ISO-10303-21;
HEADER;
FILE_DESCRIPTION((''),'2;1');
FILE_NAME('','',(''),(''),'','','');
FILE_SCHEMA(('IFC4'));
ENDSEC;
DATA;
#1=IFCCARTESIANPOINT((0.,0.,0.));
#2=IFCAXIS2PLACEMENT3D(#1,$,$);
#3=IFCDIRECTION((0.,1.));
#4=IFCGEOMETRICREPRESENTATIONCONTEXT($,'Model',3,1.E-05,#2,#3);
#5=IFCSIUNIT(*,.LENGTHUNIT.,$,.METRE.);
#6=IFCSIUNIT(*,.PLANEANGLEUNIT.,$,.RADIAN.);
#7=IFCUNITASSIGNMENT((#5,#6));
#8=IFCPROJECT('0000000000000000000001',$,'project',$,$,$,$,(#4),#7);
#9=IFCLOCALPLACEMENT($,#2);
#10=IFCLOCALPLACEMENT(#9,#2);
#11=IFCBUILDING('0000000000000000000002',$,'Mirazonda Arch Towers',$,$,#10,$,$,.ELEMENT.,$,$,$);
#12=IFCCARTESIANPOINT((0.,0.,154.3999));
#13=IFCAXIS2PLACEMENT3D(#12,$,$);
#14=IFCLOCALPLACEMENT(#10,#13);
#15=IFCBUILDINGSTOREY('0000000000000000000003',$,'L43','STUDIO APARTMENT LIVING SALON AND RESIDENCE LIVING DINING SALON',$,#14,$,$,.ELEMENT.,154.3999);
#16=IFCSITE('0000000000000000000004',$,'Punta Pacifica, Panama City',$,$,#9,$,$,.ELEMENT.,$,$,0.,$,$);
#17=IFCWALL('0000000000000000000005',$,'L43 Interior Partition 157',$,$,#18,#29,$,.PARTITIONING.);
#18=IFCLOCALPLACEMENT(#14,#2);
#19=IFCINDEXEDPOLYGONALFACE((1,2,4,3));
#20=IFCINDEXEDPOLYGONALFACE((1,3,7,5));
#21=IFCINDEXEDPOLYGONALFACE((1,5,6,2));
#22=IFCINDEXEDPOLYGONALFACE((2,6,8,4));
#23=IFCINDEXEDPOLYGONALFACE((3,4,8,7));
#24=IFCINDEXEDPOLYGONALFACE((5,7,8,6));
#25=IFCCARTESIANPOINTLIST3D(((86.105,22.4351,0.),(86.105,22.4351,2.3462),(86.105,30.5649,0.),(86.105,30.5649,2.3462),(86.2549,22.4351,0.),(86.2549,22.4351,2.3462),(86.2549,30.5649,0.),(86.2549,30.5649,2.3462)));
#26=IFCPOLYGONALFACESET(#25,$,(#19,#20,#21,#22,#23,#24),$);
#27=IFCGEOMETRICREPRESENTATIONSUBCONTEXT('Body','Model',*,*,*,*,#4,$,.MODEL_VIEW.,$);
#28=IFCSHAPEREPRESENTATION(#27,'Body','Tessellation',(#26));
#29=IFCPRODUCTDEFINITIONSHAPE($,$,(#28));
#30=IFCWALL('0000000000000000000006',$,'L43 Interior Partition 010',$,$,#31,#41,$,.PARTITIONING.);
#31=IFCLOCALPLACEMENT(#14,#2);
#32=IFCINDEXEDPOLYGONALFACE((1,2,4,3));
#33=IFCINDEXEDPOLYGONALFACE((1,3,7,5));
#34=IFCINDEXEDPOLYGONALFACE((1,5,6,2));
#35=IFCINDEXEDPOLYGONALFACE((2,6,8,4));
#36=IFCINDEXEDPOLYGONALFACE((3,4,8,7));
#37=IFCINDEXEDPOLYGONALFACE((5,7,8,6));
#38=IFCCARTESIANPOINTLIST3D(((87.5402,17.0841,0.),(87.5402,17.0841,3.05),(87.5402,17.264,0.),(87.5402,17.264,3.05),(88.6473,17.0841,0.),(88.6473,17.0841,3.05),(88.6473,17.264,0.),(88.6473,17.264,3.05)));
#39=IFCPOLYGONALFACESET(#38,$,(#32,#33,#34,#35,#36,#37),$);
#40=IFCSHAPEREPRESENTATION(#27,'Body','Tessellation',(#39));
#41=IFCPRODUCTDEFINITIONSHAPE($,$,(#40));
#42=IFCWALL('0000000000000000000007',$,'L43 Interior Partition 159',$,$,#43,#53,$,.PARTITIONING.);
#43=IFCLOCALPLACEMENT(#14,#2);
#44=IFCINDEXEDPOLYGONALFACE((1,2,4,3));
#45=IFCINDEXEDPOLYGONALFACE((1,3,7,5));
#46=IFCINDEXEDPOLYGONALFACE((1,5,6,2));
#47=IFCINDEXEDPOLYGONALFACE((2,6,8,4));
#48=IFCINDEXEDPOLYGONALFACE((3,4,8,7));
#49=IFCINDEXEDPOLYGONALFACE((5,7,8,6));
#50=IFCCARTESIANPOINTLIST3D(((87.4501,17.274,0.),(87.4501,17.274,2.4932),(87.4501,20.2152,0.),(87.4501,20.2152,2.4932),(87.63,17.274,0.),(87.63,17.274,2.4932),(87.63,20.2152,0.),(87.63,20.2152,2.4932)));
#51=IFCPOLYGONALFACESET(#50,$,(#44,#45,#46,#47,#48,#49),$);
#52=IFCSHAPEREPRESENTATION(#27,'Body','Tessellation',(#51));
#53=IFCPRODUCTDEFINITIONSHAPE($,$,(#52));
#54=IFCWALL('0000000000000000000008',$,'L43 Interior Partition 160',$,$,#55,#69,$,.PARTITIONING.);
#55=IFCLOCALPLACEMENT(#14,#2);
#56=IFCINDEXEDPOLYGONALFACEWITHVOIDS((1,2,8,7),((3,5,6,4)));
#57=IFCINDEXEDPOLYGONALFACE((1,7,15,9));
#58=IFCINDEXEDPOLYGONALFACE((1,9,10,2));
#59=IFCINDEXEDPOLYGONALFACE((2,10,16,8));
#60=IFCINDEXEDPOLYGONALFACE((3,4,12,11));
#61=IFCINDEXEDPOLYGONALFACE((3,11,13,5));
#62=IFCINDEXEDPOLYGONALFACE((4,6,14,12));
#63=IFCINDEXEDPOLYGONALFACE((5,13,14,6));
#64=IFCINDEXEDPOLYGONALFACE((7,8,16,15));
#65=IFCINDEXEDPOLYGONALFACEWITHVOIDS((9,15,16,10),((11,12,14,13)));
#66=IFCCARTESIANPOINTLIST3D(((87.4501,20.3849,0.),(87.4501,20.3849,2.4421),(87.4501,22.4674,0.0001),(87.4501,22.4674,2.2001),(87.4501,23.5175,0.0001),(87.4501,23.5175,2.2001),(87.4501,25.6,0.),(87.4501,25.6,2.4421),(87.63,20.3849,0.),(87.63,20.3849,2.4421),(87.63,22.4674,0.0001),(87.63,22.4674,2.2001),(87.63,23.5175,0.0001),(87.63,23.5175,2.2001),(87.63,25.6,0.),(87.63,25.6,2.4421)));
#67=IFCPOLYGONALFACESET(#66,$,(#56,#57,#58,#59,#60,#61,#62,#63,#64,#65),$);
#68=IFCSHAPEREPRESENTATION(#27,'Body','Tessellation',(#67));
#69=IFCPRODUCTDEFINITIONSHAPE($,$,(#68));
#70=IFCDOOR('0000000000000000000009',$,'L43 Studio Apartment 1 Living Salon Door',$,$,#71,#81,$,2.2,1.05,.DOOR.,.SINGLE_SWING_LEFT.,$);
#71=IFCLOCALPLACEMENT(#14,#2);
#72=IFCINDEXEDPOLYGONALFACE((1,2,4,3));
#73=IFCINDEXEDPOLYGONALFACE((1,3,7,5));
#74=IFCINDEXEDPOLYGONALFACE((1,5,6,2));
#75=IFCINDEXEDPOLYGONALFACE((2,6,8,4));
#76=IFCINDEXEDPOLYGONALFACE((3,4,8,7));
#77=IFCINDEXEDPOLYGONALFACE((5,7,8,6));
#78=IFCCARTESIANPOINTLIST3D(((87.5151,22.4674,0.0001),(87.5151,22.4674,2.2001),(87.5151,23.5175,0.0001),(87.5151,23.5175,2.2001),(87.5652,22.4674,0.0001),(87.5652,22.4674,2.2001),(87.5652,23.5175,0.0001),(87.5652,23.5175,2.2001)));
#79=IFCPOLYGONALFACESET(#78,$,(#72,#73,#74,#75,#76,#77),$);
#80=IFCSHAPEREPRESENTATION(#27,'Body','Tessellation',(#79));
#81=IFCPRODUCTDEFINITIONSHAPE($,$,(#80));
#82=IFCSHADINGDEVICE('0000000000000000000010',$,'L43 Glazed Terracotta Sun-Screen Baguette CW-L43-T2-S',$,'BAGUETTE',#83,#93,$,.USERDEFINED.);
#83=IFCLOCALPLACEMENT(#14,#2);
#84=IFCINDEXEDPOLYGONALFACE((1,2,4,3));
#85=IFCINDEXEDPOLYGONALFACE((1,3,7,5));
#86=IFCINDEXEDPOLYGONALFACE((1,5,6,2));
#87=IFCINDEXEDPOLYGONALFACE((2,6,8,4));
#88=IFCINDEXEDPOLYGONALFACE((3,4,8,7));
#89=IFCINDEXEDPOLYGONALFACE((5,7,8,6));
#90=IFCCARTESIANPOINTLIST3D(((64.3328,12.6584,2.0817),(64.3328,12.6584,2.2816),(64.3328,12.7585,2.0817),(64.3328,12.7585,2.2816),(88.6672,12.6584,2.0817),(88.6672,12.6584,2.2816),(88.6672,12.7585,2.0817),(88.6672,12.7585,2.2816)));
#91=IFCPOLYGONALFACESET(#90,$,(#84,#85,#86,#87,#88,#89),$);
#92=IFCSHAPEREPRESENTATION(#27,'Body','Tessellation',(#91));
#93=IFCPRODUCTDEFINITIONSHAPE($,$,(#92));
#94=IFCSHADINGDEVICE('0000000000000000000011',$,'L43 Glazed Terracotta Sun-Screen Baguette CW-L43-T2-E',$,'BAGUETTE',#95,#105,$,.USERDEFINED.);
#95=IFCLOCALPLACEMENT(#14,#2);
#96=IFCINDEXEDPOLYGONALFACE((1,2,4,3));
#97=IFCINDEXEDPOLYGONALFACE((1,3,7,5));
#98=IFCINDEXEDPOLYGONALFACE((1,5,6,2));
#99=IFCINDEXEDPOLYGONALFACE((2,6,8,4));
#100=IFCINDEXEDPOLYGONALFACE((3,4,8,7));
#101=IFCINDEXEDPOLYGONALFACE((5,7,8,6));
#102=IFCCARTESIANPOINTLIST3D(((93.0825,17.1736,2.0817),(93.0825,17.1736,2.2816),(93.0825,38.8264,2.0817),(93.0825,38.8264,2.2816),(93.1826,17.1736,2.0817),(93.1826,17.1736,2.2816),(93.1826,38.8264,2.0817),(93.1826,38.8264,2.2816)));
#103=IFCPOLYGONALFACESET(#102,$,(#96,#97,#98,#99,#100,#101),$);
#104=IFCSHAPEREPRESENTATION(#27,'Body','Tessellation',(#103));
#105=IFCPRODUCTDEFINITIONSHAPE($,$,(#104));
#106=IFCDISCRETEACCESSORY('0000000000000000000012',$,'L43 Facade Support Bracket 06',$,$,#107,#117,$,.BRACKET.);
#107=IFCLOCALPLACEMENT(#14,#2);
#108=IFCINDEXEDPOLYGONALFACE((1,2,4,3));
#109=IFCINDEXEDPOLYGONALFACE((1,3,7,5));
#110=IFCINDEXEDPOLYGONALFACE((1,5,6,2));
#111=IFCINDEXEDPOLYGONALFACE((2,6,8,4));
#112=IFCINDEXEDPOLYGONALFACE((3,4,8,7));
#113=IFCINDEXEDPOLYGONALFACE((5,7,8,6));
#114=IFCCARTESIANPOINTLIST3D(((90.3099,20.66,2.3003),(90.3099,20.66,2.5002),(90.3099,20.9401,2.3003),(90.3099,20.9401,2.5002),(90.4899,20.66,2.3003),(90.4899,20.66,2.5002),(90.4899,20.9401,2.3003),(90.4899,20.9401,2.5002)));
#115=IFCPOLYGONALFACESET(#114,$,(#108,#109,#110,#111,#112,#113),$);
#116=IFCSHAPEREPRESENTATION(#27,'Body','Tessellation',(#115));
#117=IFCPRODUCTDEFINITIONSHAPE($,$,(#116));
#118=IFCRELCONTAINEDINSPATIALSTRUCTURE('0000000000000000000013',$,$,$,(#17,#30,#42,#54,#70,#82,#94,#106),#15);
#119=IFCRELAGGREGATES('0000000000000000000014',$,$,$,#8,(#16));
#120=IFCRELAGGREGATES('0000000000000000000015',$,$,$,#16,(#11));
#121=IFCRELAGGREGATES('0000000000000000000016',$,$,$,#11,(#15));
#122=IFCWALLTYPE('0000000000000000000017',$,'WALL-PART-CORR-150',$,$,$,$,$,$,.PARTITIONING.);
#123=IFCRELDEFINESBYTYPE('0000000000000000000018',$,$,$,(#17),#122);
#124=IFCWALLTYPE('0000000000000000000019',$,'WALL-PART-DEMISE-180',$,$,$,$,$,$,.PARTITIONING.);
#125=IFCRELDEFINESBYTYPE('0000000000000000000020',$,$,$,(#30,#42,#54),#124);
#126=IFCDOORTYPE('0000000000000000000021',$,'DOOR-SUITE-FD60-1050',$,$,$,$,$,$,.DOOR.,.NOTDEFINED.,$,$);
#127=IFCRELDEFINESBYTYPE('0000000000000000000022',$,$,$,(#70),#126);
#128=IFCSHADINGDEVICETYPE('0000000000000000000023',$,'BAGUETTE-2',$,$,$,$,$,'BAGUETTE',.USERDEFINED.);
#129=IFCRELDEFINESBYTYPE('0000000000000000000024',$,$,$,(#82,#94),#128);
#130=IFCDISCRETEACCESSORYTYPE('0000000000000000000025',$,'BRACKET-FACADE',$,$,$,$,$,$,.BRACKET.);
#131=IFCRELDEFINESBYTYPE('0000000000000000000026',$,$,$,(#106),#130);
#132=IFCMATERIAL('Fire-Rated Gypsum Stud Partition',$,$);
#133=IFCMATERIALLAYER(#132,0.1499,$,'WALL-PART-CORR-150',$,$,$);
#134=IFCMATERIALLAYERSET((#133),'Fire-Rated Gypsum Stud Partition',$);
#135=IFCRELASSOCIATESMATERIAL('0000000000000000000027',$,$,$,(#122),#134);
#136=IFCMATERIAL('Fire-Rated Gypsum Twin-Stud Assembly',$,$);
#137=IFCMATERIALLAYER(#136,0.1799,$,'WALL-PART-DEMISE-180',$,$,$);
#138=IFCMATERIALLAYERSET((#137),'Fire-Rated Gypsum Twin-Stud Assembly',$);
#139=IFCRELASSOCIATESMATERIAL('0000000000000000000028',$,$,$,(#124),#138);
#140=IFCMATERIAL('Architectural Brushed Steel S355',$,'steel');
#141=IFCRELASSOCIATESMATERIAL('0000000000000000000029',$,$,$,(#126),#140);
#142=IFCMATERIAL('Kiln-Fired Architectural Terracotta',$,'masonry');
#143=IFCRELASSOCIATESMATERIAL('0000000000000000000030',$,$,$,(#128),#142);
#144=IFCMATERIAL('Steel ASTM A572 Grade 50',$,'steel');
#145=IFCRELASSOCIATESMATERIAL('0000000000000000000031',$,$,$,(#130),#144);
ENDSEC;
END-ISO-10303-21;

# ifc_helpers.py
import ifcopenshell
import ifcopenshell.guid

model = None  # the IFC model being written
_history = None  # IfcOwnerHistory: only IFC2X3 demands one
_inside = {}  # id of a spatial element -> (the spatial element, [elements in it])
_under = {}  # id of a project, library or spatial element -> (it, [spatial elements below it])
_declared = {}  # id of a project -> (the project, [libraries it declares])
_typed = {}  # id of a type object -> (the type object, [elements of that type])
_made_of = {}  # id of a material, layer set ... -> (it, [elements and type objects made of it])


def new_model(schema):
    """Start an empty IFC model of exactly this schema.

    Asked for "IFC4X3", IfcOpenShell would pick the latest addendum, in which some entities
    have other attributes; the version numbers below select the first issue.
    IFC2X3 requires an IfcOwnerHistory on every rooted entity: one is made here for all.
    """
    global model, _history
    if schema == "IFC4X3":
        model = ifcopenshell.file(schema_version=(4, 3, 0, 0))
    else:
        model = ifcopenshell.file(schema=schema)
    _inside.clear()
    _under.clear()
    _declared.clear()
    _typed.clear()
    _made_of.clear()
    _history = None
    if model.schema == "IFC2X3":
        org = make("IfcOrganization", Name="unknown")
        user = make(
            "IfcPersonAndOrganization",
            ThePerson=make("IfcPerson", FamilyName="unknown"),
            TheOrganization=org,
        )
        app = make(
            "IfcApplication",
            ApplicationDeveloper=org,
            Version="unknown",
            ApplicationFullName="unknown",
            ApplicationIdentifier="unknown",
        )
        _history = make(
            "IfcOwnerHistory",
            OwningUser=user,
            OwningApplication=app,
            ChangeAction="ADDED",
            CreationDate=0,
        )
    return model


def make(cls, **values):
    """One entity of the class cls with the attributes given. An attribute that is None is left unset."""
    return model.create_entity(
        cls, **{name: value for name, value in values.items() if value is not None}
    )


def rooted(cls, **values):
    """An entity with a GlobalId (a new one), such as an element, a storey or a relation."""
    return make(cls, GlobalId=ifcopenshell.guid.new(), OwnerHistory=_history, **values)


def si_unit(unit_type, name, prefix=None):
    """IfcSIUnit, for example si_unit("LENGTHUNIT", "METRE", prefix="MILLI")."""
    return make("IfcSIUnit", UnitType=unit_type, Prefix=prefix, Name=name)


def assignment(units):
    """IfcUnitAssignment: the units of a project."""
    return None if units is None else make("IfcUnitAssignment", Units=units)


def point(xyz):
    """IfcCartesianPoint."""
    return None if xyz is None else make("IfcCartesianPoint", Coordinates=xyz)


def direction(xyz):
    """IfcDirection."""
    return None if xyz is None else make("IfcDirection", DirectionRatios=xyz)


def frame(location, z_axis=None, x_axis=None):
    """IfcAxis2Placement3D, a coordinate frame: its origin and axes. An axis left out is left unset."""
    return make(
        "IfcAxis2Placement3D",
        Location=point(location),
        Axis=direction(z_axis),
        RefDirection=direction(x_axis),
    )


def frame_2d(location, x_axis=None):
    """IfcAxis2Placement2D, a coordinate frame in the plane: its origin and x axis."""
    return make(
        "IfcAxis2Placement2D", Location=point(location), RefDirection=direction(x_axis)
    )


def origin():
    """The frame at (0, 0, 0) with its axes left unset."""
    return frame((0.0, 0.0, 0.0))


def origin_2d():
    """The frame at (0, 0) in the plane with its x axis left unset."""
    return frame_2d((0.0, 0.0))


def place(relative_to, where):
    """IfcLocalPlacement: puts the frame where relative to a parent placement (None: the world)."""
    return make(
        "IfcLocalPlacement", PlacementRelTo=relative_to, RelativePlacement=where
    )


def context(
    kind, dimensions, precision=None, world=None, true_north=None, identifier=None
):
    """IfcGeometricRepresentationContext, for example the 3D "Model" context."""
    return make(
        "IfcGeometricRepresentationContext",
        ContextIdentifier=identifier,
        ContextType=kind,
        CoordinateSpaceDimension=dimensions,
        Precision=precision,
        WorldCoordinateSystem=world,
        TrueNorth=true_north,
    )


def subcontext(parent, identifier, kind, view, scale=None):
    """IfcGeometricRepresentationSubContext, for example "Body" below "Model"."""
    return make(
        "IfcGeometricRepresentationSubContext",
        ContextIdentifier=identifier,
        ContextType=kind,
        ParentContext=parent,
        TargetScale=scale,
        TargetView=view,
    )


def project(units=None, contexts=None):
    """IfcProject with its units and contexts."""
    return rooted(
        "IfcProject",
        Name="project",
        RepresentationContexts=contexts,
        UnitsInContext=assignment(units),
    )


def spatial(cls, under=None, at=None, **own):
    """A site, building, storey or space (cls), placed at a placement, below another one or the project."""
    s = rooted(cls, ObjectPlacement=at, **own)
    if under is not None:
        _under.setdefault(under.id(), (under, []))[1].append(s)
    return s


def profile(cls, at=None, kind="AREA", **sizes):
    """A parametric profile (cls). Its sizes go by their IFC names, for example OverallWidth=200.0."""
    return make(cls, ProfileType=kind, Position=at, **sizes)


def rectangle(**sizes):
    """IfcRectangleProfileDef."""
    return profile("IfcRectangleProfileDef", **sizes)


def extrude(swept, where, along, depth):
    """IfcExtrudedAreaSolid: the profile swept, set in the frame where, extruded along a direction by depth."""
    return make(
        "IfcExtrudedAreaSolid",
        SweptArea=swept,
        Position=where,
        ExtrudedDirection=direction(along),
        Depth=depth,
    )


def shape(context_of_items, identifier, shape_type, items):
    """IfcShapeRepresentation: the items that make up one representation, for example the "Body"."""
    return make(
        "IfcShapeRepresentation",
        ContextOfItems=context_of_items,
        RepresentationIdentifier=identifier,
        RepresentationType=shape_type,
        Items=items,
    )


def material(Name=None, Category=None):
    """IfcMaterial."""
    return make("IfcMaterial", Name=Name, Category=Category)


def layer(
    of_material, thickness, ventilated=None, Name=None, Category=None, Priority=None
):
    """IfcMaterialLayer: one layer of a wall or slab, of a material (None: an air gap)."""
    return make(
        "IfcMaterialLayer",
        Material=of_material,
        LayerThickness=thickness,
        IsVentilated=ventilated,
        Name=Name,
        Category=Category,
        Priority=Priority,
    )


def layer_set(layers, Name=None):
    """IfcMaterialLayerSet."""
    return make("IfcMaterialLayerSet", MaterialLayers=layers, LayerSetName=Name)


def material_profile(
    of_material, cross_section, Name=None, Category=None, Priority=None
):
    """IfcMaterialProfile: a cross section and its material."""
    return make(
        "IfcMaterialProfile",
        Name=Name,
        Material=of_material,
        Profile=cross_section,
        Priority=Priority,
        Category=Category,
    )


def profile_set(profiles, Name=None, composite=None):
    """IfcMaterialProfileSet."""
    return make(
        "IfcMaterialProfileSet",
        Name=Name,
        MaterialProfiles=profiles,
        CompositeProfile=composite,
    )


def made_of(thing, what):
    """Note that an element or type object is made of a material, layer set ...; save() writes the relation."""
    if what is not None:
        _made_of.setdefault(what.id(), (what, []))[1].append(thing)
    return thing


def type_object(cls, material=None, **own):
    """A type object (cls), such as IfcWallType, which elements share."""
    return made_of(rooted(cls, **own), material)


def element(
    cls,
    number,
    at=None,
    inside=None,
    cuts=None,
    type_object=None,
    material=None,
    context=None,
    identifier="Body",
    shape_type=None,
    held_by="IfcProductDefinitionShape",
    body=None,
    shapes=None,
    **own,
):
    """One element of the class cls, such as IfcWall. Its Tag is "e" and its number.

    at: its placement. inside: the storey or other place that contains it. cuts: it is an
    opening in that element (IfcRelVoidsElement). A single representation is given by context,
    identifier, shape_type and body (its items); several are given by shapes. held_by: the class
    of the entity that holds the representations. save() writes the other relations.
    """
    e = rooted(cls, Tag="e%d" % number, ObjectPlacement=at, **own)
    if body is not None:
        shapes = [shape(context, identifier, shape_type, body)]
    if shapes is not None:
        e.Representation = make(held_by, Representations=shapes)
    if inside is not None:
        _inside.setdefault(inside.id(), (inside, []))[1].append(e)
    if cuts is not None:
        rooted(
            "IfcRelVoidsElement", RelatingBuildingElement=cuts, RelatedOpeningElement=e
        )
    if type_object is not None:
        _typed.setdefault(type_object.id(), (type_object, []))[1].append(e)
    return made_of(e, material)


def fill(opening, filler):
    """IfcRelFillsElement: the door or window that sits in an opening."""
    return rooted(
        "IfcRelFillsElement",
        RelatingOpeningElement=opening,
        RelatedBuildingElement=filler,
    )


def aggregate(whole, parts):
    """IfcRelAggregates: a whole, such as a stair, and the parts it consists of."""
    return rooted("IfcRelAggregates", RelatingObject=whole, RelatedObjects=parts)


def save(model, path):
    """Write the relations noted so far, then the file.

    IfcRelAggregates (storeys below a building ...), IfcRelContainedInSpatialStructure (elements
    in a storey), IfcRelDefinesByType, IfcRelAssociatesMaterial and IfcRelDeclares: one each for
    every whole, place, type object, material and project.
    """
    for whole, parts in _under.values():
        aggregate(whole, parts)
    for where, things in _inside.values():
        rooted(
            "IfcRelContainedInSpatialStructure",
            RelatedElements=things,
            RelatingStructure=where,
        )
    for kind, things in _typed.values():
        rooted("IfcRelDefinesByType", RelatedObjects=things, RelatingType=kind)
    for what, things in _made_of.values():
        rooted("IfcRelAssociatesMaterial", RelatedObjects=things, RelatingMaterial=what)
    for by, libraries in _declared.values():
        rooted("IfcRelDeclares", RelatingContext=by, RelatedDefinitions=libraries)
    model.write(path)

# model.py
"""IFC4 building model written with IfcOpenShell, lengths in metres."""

from ifc_helpers import new_model, si_unit, direction, frame, frame_2d, origin, origin_2d, place, context, subcontext, project, spatial, rectangle, extrude, material, layer, layer_set, material_profile, profile_set, type_object, element, fill, save


model = new_model("IFC4")

# Units and contexts
model_context = context("Model", 3, precision=1e-05, world=origin(), true_north=direction((0.0, 1.0)))
body_context = subcontext(model_context, "Body", "Model", "MODEL_VIEW")
ifc_project = project(units=[si_unit("LENGTHUNIT", "METRE"), si_unit("PLANEANGLEUNIT", "RADIAN")], contexts=[model_context])

# Site, building, storey
site_placement = place(None, origin())
site = spatial("IfcSite", under=ifc_project, at=site_placement, Name="Punta Pacifica, Panama City", CompositionType="ELEMENT", RefElevation=0.0)
building_placement = place(site_placement, origin())
building = spatial("IfcBuilding", under=site, at=building_placement, Name="Mirazonda Arch Towers", CompositionType="ELEMENT")
storey_placement = place(building_placement, frame((0.0, 0.0, 154.3999)))
storey = spatial("IfcBuildingStorey", under=building, at=storey_placement, Name="L43", Description="STUDIO APARTMENT LIVING SALON AND RESIDENCE LIVING DINING SALON", CompositionType="ELEMENT", Elevation=154.3999)

# Shared definitions
ifc_material_1 = material(Name="Steel ASTM A572 Grade 50", Category="steel")

# Walls
ifc_material_2 = material(Name="Fire-Rated Gypsum Stud Partition")
ifc_layer_1 = layer(ifc_material_2, 0.1499, Name="WALL-PART-CORR-150")
ifc_layer_set_1 = layer_set([ifc_layer_1], Name="Fire-Rated Gypsum Stud Partition")
wall_type_1 = type_object("IfcWallType", Name="WALL-PART-CORR-150", PredefinedType="PARTITIONING", material=ifc_layer_set_1)
wall_1_placement = place(storey_placement, frame((86.1799, 22.4351, 0.0), z_axis=(0.0, 0.0, 1.0), x_axis=(0.0, 1.0, 0.0)))
element("IfcWall", 1, at=wall_1_placement, inside=storey, type_object=wall_type_1, Name="L43 Interior Partition 157", PredefinedType="PARTITIONING", context=body_context, shape_type="SweptSolid", body=[
    extrude(rectangle(XDim=8.1299, YDim=0.1499, at=frame_2d((4.0649, 0.0))), origin(), (0.0, 0.0, 1.0), 2.3462),
])
ifc_material_3 = material(Name="Fire-Rated Gypsum Twin-Stud Assembly")
ifc_layer_2 = layer(ifc_material_3, 0.1799, Name="WALL-PART-DEMISE-180")
ifc_layer_set_2 = layer_set([ifc_layer_2], Name="Fire-Rated Gypsum Twin-Stud Assembly")
wall_type_2 = type_object("IfcWallType", Name="WALL-PART-DEMISE-180", PredefinedType="PARTITIONING", material=ifc_layer_set_2)
wall_2_placement = place(storey_placement, frame((87.54, 17.1741, 0.0), z_axis=(0.0, 0.0, 1.0), x_axis=(1.0, 0.0, 0.0)))
element("IfcWall", 2, at=wall_2_placement, inside=storey, type_object=wall_type_2, Name="L43 Interior Partition 010", PredefinedType="PARTITIONING", context=body_context, shape_type="SweptSolid", body=[
    extrude(rectangle(XDim=1.1072, YDim=0.1799, at=frame_2d((0.5537, 0.0))), origin(), (0.0, 0.0, 1.0), 3.05),
])

# Shared definitions
ifc_material_4 = material(Name="Architectural Brushed Steel S355", Category="steel")

# Wall
wall_3_placement = place(storey_placement, frame((87.54, 17.2739, 0.0), z_axis=(0.0, 0.0, 1.0), x_axis=(0.0, 1.0, 0.0)))
element("IfcWall", 3, at=wall_3_placement, inside=storey, type_object=wall_type_2, Name="L43 Interior Partition 159", PredefinedType="PARTITIONING", context=body_context, shape_type="SweptSolid", body=[
    extrude(rectangle(XDim=2.9412, YDim=0.1799, at=frame_2d((1.4707, 0.0))), origin(), (0.0, 0.0, 1.0), 2.4932),
])

# Wall, opening, door
wall_4_placement = place(storey_placement, frame((87.54, 20.385, 0.0), z_axis=(0.0, 0.0, 1.0), x_axis=(0.0, 1.0, 0.0)))
wall_4 = element("IfcWall", 4, at=wall_4_placement, inside=storey, type_object=wall_type_2, Name="L43 Interior Partition 160", PredefinedType="PARTITIONING", context=body_context, shape_type="SweptSolid", body=[
    extrude(rectangle(XDim=5.2151, YDim=0.1799, at=frame_2d((2.6074, 0.0))), origin(), (0.0, 0.0, 1.0), 2.4421),
])
opening_1_placement = place(wall_4_placement, frame((2.0825, 0.0, 0.0)))
opening_1 = element("IfcOpeningElement", 5, at=opening_1_placement, cuts=wall_4, PredefinedType="OPENING", context=body_context, shape_type="SweptSolid", body=[
    extrude(rectangle(XDim=1.05, YDim=2.2, at=frame_2d((0.5249, 1.1001))), frame((0.0, 0.0999, 0.0), z_axis=(0.0, -1.0, 0.0), x_axis=(1.0, 0.0, 0.0)), (0.0, 0.0, 1.0), 0.2),
])
door_type_1 = type_object("IfcDoorType", Name="DOOR-SUITE-FD60-1050", OperationType="NOTDEFINED", PredefinedType="DOOR", material=ifc_material_4)
door_1_placement = place(opening_1_placement, origin())
door_1 = element("IfcDoor", 6, at=door_1_placement, inside=storey, type_object=door_type_1, Name="L43 Studio Apartment 1 Living Salon Door", OperationType="SINGLE_SWING_LEFT", OverallHeight=2.2, OverallWidth=1.05, PredefinedType="DOOR", context=body_context, shape_type="SweptSolid", body=[
    extrude(rectangle(XDim=1.05, YDim=2.2, at=frame_2d((0.5249, 1.1001))), frame((0.0, 0.0249, 0.0), z_axis=(0.0, -1.0, 0.0), x_axis=(1.0, 0.0, 0.0)), (0.0, 0.0, 1.0), 0.05),
])
fill(opening_1, door_1)

# Shading devices
ifc_material_5 = material(Name="Kiln-Fired Architectural Terracotta", Category="masonry")
ifc_material_profile_1 = material_profile(ifc_material_5, rectangle(XDim=0.1001, YDim=0.2, at=origin_2d()), Name="TERRA-BAG-100x200")
ifc_profile_set_1 = profile_set([ifc_material_profile_1], Name="Kiln-Fired Architectural Terracotta")
shading_device_type = type_object("IfcShadingDeviceType", Name="BAGUETTE-2", ElementType="BAGUETTE", PredefinedType="USERDEFINED", material=ifc_profile_set_1)
shading_device_1_placement = place(storey_placement, frame((88.6672, 12.7085, 2.1816), z_axis=(-1.0, 0.0, 0.0), x_axis=(0.0, -1.0, 0.0)))
element("IfcShadingDevice", 7, at=shading_device_1_placement, inside=storey, type_object=shading_device_type, Name="L43 Glazed Terracotta Sun-Screen Baguette CW-L43-T2-S", ObjectType="BAGUETTE", PredefinedType="USERDEFINED", context=body_context, shape_type="SweptSolid", body=[
    extrude(rectangle(XDim=0.1001, YDim=0.2, at=origin_2d()), origin(), (0.0, 0.0, 1.0), 24.3345),
])
shading_device_2_placement = place(storey_placement, frame((93.1326, 17.1736, 2.1816), z_axis=(0.0, 1.0, 0.0), x_axis=(-1.0, 0.0, 0.0)))
element("IfcShadingDevice", 8, at=shading_device_2_placement, inside=storey, type_object=shading_device_type, Name="L43 Glazed Terracotta Sun-Screen Baguette CW-L43-T2-E", ObjectType="BAGUETTE", PredefinedType="USERDEFINED", context=body_context, shape_type="SweptSolid", body=[
    extrude(rectangle(XDim=0.1001, YDim=0.2, at=origin_2d()), origin(), (0.0, 0.0, 1.0), 21.6528),
])

# Discrete accessory
discrete_accessory_type = type_object("IfcDiscreteAccessoryType", Name="BRACKET-FACADE", PredefinedType="BRACKET", material=ifc_material_1)
discrete_accessory_placement = place(storey_placement, frame((90.3999, 20.8, 2.3003), z_axis=(0.0, 0.0, 1.0), x_axis=(1.0, 0.0, 0.0)))
element("IfcDiscreteAccessory", 9, at=discrete_accessory_placement, inside=storey, type_object=discrete_accessory_type, Name="L43 Facade Support Bracket 06", PredefinedType="BRACKET", context=body_context, shape_type="SweptSolid", body=[
    extrude(rectangle(XDim=0.1799, YDim=0.28, at=origin_2d()), origin(), (0.0, 0.0, 1.0), 0.2),
])

save(model, "model.ifc")
